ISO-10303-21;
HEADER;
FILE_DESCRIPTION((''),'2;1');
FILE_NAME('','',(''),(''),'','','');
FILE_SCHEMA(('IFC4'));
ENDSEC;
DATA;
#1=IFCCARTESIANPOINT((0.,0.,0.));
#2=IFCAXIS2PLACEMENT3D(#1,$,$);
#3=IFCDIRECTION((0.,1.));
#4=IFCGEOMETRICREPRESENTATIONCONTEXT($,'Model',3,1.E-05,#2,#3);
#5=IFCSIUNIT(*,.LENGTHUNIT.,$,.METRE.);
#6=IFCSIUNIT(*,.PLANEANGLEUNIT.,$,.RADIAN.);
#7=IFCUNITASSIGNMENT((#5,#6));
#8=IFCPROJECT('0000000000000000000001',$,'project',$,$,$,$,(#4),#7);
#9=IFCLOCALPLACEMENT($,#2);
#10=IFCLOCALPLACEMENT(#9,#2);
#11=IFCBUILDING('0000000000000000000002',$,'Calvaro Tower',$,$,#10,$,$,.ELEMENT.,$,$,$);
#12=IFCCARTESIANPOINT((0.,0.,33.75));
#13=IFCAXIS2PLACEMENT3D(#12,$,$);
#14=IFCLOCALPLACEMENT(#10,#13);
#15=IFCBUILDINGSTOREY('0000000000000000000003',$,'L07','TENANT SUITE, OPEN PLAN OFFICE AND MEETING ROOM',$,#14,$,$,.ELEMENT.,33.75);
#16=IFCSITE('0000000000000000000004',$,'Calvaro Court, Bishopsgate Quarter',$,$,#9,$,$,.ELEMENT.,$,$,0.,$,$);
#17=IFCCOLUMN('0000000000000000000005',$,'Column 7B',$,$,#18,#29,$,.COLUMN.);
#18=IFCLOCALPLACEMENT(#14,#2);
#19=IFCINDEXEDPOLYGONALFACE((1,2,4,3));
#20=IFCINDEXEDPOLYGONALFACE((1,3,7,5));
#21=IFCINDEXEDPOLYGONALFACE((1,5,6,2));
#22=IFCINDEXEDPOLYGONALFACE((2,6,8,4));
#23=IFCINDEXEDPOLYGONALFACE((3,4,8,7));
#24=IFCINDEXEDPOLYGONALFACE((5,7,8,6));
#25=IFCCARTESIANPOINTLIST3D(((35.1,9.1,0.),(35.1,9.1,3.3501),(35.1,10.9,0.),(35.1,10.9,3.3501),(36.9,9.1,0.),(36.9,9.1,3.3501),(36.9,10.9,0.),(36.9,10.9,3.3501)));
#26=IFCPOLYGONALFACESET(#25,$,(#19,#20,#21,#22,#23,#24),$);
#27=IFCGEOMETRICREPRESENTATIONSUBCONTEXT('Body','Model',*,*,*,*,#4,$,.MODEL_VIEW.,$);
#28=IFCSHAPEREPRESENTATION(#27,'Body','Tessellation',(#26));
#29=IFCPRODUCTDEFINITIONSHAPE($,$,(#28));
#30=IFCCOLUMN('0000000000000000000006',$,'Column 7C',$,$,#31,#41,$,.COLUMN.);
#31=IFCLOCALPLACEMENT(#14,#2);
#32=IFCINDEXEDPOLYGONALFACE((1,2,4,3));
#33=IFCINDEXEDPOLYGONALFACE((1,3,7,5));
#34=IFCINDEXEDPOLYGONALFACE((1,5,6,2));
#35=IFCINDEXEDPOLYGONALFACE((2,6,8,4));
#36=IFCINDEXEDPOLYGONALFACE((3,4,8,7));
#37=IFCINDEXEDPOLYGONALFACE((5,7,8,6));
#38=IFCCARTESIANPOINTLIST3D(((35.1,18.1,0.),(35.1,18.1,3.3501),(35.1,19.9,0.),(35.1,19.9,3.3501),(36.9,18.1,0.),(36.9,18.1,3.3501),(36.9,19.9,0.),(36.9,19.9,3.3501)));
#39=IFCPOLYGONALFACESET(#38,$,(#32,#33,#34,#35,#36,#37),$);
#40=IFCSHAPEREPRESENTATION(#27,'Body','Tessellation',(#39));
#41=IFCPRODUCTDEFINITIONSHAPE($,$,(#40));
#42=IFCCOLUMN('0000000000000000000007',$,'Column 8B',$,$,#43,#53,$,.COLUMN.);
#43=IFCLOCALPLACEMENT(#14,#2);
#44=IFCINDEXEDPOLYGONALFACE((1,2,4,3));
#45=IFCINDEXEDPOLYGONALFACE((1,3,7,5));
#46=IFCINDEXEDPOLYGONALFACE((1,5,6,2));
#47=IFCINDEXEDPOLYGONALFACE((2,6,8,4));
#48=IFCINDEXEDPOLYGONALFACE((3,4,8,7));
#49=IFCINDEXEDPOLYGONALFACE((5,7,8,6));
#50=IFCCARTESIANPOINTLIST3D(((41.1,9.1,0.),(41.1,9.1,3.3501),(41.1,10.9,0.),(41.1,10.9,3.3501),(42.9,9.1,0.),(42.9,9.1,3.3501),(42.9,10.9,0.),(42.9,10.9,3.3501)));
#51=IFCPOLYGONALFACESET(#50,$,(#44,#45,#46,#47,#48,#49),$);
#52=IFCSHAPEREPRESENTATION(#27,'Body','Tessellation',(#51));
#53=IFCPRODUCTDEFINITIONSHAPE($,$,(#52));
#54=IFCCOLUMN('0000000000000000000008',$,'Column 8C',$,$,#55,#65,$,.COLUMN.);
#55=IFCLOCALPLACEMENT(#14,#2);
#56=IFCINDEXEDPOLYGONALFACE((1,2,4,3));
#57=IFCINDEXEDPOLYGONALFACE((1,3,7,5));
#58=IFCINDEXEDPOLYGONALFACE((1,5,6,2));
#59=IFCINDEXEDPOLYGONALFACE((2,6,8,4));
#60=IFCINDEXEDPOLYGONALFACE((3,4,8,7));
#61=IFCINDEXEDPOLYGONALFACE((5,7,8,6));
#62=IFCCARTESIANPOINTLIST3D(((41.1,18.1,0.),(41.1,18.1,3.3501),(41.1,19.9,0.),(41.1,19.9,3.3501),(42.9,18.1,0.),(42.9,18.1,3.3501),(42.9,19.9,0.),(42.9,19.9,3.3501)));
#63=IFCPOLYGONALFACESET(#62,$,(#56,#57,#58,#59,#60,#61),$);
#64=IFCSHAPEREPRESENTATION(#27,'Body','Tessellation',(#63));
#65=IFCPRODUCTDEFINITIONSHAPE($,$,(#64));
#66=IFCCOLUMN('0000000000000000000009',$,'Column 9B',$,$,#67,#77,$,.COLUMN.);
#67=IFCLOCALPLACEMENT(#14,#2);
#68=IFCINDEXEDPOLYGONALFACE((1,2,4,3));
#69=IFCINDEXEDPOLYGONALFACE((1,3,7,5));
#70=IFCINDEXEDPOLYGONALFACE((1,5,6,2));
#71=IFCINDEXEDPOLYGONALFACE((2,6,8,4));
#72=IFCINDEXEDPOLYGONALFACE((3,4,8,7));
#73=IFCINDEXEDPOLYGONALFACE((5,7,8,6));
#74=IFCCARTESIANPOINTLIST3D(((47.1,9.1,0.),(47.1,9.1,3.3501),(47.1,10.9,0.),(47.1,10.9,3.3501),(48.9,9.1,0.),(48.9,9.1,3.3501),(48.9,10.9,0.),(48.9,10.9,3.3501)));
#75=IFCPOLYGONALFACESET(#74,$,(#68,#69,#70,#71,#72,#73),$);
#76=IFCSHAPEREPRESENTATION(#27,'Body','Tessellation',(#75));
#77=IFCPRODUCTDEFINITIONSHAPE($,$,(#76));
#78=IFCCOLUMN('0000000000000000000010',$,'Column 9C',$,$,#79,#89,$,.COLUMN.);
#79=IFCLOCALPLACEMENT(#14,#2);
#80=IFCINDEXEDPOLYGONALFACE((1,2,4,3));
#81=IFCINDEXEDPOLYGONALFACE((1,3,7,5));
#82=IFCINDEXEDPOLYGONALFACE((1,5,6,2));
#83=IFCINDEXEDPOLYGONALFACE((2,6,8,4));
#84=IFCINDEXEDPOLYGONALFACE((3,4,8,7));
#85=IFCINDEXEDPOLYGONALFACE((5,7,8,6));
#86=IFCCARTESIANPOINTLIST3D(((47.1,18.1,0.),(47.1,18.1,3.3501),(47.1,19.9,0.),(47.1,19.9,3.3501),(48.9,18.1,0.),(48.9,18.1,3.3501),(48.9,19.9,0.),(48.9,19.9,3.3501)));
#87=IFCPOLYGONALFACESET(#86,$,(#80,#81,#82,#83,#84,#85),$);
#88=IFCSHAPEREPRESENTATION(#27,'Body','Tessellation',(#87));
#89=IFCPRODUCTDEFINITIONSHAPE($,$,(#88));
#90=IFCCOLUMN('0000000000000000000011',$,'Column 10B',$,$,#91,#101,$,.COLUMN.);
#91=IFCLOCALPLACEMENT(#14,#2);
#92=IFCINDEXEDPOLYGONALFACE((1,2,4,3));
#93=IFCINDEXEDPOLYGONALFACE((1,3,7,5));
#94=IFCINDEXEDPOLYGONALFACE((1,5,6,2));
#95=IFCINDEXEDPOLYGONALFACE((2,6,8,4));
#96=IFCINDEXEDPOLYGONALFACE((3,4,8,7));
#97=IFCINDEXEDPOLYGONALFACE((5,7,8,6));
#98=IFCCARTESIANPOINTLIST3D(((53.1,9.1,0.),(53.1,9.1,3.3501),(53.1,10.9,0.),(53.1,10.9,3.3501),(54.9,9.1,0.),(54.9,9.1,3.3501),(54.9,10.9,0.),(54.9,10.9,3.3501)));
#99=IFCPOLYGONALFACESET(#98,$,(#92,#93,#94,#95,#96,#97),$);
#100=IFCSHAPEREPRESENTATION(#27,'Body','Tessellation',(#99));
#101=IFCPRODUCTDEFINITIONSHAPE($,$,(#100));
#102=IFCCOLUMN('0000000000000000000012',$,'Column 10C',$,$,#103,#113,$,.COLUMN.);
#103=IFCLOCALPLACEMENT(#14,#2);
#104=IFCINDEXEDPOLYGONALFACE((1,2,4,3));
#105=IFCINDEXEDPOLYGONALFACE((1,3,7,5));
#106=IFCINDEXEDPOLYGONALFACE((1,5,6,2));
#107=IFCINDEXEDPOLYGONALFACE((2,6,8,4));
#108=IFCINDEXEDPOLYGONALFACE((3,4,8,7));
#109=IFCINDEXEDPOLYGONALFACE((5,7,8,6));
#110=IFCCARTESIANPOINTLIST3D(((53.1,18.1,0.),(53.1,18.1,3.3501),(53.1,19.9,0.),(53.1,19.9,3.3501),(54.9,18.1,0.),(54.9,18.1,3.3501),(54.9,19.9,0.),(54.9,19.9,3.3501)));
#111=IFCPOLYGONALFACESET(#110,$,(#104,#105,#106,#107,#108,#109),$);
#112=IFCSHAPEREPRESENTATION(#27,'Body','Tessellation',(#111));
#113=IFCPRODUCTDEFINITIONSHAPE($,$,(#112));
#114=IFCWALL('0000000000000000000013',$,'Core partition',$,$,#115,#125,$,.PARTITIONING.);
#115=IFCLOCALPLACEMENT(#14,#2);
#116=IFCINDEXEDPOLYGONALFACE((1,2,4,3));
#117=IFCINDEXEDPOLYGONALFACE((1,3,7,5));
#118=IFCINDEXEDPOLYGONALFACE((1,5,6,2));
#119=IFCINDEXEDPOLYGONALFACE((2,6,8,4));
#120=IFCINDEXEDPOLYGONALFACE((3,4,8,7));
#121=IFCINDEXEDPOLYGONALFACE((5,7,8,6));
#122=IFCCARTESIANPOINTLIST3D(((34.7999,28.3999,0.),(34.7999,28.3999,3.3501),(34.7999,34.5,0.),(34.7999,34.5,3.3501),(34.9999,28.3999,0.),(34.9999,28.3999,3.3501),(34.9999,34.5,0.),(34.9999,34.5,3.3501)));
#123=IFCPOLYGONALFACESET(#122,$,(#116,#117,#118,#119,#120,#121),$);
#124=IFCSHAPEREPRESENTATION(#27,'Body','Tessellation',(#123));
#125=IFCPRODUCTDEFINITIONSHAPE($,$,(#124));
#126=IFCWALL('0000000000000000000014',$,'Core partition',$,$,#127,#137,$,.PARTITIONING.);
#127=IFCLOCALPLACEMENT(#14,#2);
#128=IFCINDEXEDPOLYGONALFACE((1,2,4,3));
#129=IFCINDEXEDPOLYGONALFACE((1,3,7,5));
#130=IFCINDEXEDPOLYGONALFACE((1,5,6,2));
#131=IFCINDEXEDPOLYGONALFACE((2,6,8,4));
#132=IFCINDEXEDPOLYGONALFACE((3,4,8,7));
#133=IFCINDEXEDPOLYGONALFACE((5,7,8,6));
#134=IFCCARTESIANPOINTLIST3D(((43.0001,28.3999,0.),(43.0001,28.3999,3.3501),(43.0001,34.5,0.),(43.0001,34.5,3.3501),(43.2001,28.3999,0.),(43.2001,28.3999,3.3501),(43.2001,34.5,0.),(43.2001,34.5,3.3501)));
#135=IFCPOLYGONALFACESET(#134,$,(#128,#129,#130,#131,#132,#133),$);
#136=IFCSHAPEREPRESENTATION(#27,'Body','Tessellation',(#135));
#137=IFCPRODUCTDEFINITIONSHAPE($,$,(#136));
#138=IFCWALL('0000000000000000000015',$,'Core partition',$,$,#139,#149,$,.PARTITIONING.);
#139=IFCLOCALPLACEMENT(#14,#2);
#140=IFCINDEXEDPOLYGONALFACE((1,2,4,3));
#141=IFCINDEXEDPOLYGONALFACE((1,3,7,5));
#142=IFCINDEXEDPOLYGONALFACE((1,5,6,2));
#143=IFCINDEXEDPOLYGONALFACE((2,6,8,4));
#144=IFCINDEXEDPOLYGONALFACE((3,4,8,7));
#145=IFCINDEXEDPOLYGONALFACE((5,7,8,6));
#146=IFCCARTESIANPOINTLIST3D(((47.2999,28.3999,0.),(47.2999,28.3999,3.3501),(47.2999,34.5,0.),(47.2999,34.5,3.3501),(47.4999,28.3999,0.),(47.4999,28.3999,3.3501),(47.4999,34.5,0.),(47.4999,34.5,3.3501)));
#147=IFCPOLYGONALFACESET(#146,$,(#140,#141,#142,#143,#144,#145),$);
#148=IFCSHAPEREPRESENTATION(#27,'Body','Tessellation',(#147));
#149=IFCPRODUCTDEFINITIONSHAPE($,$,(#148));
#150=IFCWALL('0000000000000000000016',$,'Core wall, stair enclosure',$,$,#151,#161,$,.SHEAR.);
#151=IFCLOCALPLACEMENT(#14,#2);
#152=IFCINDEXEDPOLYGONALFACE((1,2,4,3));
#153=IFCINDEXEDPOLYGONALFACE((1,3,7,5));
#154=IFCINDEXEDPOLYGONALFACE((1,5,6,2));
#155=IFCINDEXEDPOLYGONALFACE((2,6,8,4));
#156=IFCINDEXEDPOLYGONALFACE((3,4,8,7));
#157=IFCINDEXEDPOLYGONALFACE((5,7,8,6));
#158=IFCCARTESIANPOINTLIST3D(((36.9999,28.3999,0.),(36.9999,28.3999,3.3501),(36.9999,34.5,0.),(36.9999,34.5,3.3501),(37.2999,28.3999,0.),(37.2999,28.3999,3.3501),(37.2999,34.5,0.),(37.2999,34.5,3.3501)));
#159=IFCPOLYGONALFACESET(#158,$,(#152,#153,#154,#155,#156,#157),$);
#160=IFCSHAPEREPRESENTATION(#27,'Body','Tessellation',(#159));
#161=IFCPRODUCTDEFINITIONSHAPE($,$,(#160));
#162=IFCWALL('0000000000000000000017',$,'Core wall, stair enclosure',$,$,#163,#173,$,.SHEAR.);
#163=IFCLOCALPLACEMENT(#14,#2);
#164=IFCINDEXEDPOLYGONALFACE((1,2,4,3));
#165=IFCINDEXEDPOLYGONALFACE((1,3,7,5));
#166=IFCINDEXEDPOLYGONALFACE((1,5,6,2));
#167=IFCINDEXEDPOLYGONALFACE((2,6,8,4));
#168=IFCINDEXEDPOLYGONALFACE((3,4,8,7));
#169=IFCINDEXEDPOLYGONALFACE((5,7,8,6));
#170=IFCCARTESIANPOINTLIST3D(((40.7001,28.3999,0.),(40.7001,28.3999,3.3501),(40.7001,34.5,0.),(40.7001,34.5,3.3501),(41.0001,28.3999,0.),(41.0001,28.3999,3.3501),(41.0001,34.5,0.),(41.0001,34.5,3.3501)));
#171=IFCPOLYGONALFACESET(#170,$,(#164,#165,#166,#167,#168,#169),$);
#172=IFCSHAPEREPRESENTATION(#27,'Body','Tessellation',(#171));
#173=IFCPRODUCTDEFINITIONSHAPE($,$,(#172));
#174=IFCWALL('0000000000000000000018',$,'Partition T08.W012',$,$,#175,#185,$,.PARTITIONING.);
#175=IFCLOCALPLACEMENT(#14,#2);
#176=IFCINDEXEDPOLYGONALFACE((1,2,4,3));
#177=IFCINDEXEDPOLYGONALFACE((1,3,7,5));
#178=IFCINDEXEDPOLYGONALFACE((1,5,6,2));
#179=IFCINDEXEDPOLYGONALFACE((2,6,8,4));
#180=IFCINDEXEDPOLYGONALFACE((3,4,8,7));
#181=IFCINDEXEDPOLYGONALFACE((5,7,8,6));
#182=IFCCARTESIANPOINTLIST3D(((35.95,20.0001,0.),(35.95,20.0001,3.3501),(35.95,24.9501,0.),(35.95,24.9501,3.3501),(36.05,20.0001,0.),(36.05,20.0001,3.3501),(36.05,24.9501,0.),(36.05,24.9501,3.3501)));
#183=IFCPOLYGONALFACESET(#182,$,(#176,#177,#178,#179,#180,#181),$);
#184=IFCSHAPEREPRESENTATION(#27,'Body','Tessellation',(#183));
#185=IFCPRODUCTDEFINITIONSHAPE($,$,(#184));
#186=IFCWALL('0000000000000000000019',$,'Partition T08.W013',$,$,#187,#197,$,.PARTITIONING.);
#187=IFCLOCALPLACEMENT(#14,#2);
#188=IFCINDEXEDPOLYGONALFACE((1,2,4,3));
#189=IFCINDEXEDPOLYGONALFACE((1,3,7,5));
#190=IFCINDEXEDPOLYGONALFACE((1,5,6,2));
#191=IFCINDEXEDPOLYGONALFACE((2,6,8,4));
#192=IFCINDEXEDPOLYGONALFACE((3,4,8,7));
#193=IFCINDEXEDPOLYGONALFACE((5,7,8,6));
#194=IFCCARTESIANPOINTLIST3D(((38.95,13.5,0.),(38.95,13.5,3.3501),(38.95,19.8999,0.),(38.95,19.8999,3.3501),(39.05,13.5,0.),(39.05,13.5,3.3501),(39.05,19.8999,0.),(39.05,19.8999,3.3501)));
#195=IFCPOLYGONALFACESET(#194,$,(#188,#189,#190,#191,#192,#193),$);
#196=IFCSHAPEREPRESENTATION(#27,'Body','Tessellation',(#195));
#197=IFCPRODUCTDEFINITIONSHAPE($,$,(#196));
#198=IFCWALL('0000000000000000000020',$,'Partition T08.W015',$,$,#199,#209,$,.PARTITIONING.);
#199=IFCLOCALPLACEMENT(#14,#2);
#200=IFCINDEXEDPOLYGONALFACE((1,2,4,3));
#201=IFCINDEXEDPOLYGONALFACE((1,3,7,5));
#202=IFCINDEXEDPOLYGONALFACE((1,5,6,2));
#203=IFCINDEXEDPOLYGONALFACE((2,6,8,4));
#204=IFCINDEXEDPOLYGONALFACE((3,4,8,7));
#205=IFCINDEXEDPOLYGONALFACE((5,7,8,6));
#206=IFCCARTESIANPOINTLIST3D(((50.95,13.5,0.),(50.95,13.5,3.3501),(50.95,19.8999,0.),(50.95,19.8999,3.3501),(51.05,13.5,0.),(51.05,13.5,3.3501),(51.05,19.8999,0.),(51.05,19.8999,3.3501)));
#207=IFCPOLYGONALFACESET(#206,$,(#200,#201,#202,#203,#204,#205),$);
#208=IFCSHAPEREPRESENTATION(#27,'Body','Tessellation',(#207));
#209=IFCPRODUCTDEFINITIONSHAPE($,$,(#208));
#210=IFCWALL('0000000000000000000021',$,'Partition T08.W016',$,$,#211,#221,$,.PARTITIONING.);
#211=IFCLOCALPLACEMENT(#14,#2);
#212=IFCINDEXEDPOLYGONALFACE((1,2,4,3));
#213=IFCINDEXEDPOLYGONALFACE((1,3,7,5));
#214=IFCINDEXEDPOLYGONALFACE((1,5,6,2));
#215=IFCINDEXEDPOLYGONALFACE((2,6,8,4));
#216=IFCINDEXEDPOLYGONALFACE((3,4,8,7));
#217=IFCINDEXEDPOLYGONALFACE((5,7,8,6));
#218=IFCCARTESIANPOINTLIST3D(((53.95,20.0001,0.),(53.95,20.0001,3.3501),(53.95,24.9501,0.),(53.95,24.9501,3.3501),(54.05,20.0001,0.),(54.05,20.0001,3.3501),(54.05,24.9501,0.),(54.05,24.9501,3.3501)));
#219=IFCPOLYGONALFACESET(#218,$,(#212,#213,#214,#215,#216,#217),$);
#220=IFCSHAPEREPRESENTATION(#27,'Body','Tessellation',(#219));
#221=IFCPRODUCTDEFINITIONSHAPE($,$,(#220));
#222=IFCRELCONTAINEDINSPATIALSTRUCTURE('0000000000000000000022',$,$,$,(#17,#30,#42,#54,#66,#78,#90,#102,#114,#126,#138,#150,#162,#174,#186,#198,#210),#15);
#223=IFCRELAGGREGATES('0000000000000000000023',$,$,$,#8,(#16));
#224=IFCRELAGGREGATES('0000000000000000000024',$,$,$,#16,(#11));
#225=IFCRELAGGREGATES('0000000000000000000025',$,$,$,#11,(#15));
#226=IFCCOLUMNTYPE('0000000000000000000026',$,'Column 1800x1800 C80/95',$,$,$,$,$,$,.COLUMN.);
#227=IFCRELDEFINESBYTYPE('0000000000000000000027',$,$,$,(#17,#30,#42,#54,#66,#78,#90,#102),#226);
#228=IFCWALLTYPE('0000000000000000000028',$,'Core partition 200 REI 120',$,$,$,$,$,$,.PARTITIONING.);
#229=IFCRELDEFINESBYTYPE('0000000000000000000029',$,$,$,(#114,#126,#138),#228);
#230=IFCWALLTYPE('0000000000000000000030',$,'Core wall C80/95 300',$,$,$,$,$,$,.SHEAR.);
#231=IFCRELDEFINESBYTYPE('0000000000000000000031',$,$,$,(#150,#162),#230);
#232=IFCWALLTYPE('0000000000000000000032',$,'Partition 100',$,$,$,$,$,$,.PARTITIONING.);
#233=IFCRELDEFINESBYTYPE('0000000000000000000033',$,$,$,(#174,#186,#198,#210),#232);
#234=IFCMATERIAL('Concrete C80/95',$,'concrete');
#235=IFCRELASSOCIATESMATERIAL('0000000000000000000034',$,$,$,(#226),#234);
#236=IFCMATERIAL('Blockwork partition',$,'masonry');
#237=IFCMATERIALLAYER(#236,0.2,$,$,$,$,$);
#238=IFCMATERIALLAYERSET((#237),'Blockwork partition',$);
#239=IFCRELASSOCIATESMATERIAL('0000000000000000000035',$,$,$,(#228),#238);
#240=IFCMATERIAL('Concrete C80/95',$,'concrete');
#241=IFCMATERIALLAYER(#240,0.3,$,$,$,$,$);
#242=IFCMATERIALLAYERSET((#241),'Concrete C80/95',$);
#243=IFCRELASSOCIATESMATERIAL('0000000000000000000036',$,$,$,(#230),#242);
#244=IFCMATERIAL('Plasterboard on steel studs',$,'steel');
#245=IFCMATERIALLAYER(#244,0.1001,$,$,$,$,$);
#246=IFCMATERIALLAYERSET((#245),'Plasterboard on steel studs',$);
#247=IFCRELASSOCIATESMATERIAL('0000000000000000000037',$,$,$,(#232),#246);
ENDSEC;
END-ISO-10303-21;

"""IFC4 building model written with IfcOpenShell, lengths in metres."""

from ifc_helpers import new_model, si_unit, direction, frame, frame_2d, origin, origin_2d, place, context, subcontext, project, spatial, rectangle, extrude, material, layer, layer_set, material_profile, profile_set, type_object, element, save


model = new_model("IFC4")

# Units and contexts
model_context = context("Model", 3, precision=1e-05, world=origin(), true_north=direction((0.0, 1.0)))
body_context = subcontext(model_context, "Body", "Model", "MODEL_VIEW")
ifc_project = project(units=[si_unit("LENGTHUNIT", "METRE"), si_unit("PLANEANGLEUNIT", "RADIAN")], contexts=[model_context])

# Site, building, storey
site_placement = place(None, origin())
site = spatial("IfcSite", under=ifc_project, at=site_placement, Name="Calvaro Court, Bishopsgate Quarter", CompositionType="ELEMENT", RefElevation=0.0)
building_placement = place(site_placement, origin())
building = spatial("IfcBuilding", under=site, at=building_placement, Name="Calvaro Tower", CompositionType="ELEMENT")
storey_placement = place(building_placement, frame((0.0, 0.0, 33.75)))
storey = spatial("IfcBuildingStorey", under=building, at=storey_placement, Name="L07", Description="TENANT SUITE, OPEN PLAN OFFICE AND MEETING ROOM", CompositionType="ELEMENT", Elevation=33.75)

# Columns
ifc_material_1 = material(Name="Concrete C80/95", Category="concrete")
ifc_material_profile = material_profile(ifc_material_1, rectangle(XDim=1.8, YDim=1.8, at=origin_2d()), Name="RC 1800x1800")
ifc_profile_set = profile_set([ifc_material_profile], Name="Concrete C80/95")
column_type = type_object("IfcColumnType", Name="Column 1800x1800 C80/95", PredefinedType="COLUMN", material=ifc_profile_set)
for number, where, z_axis, x_axis, name in (
    (1, (36.0, 10.0, 0.0), (0.0, 0.0, 1.0), (1.0, 0.0, 0.0), "Column 7B"),
    (2, (36.0, 19.0, 0.0), (0.0, 0.0, 1.0), (1.0, 0.0, 0.0), "Column 7C"),
    (3, (42.0, 10.0, 0.0), (0.0, 0.0, 1.0), (1.0, 0.0, 0.0), "Column 8B"),
    (4, (42.0, 19.0, 0.0), (0.0, 0.0, 1.0), (1.0, 0.0, 0.0), "Column 8C"),
    (5, (48.0, 10.0, 0.0), (0.0, 0.0, 1.0), (1.0, 0.0, 0.0), "Column 9B"),
    (6, (48.0, 19.0, 0.0), (0.0, 0.0, 1.0), (1.0, 0.0, 0.0), "Column 9C"),
    (7, (54.0, 10.0, 0.0), (0.0, 0.0, 1.0), (1.0, 0.0, 0.0), "Column 10B"),
    (8, (54.0, 19.0, 0.0), (0.0, 0.0, 1.0), (1.0, 0.0, 0.0), "Column 10C"),
):
    element("IfcColumn", number, at=place(storey_placement, frame(where, z_axis=z_axis, x_axis=x_axis)), inside=storey, type_object=column_type, Name=name, PredefinedType="COLUMN", context=body_context, shape_type="SweptSolid", body=[
        extrude(rectangle(XDim=1.8, YDim=1.8, at=origin_2d()), origin(), (0.0, 0.0, 1.0), 3.3501),
    ])

# Walls
ifc_material_2 = material(Name="Blockwork partition", Category="masonry")
ifc_layer_1 = layer(ifc_material_2, 0.2)
ifc_layer_set_1 = layer_set([ifc_layer_1], Name="Blockwork partition")
wall_type_1 = type_object("IfcWallType", Name="Core partition 200 REI 120", PredefinedType="PARTITIONING", material=ifc_layer_set_1)
for number, where, z_axis, x_axis, name in (
    (9, (34.8999, 28.3999, 0.0), (0.0, 0.0, 1.0), (0.0, 1.0, 0.0), "Core partition"),
    (10, (43.1001, 28.3999, 0.0), (0.0, 0.0, 1.0), (0.0, 1.0, 0.0), "Core partition"),
    (11, (47.3999, 28.3999, 0.0), (0.0, 0.0, 1.0), (0.0, 1.0, 0.0), "Core partition"),
):
    element("IfcWall", number, at=place(storey_placement, frame(where, z_axis=z_axis, x_axis=x_axis)), inside=storey, type_object=wall_type_1, Name=name, PredefinedType="PARTITIONING", context=body_context, shape_type="SweptSolid", body=[
        extrude(rectangle(XDim=6.1001, YDim=0.2, at=frame_2d((3.05, 0.0))), origin(), (0.0, 0.0, 1.0), 3.3501),
    ])
ifc_material_3 = material(Name="Concrete C80/95", Category="concrete")
ifc_layer_2 = layer(ifc_material_3, 0.3)
ifc_layer_set_2 = layer_set([ifc_layer_2], Name="Concrete C80/95")
wall_type_2 = type_object("IfcWallType", Name="Core wall C80/95 300", PredefinedType="SHEAR", material=ifc_layer_set_2)
for number, where, z_axis, x_axis, name in (
    (12, (37.1499, 28.3999, 0.0), (0.0, 0.0, 1.0), (0.0, 1.0, 0.0), "Core wall, stair enclosure"),
    (13, (40.8501, 28.3999, 0.0), (0.0, 0.0, 1.0), (0.0, 1.0, 0.0), "Core wall, stair enclosure"),
):
    element("IfcWall", number, at=place(storey_placement, frame(where, z_axis=z_axis, x_axis=x_axis)), inside=storey, type_object=wall_type_2, Name=name, PredefinedType="SHEAR", context=body_context, shape_type="SweptSolid", body=[
        extrude(rectangle(XDim=6.1001, YDim=0.3, at=frame_2d((3.05, 0.0))), origin(), (0.0, 0.0, 1.0), 3.3501),
    ])
ifc_material_4 = material(Name="Plasterboard on steel studs", Category="steel")
ifc_layer_3 = layer(ifc_material_4, 0.1001)
ifc_layer_set_3 = layer_set([ifc_layer_3], Name="Plasterboard on steel studs")
wall_type_3 = type_object("IfcWallType", Name="Partition 100", PredefinedType="PARTITIONING", material=ifc_layer_set_3)
wall_1_placement = place(storey_placement, frame((36.0, 20.0, 0.0), z_axis=(0.0, 0.0, 1.0), x_axis=(0.0, 1.0, 0.0)))
element("IfcWall", 14, at=wall_1_placement, inside=storey, type_object=wall_type_3, Name="Partition T08.W012", PredefinedType="PARTITIONING", context=body_context, shape_type="SweptSolid", body=[
    extrude(rectangle(XDim=4.95, YDim=0.1001, at=frame_2d((2.4751, 0.0))), origin(), (0.0, 0.0, 1.0), 3.3501),
])
for number, where, z_axis, x_axis, name in (
    (15, (39.0, 13.5, 0.0), (0.0, 0.0, 1.0), (0.0, 1.0, 0.0), "Partition T08.W013"),
    (16, (51.0, 13.5, 0.0), (0.0, 0.0, 1.0), (0.0, 1.0, 0.0), "Partition T08.W015"),
):
    element("IfcWall", number, at=place(storey_placement, frame(where, z_axis=z_axis, x_axis=x_axis)), inside=storey, type_object=wall_type_3, Name=name, PredefinedType="PARTITIONING", context=body_context, shape_type="SweptSolid", body=[
        extrude(rectangle(XDim=6.3999, YDim=0.1001, at=frame_2d((3.2, 0.0))), origin(), (0.0, 0.0, 1.0), 3.3501),
    ])
wall_2_placement = place(storey_placement, frame((54.0, 20.0, 0.0), z_axis=(0.0, 0.0, 1.0), x_axis=(0.0, 1.0, 0.0)))
element("IfcWall", 17, at=wall_2_placement, inside=storey, type_object=wall_type_3, Name="Partition T08.W016", PredefinedType="PARTITIONING", context=body_context, shape_type="SweptSolid", body=[
    extrude(rectangle(XDim=4.95, YDim=0.1001, at=frame_2d((2.4751, 0.0))), origin(), (0.0, 0.0, 1.0), 3.3501),
])

save(model, "model.ifc")
